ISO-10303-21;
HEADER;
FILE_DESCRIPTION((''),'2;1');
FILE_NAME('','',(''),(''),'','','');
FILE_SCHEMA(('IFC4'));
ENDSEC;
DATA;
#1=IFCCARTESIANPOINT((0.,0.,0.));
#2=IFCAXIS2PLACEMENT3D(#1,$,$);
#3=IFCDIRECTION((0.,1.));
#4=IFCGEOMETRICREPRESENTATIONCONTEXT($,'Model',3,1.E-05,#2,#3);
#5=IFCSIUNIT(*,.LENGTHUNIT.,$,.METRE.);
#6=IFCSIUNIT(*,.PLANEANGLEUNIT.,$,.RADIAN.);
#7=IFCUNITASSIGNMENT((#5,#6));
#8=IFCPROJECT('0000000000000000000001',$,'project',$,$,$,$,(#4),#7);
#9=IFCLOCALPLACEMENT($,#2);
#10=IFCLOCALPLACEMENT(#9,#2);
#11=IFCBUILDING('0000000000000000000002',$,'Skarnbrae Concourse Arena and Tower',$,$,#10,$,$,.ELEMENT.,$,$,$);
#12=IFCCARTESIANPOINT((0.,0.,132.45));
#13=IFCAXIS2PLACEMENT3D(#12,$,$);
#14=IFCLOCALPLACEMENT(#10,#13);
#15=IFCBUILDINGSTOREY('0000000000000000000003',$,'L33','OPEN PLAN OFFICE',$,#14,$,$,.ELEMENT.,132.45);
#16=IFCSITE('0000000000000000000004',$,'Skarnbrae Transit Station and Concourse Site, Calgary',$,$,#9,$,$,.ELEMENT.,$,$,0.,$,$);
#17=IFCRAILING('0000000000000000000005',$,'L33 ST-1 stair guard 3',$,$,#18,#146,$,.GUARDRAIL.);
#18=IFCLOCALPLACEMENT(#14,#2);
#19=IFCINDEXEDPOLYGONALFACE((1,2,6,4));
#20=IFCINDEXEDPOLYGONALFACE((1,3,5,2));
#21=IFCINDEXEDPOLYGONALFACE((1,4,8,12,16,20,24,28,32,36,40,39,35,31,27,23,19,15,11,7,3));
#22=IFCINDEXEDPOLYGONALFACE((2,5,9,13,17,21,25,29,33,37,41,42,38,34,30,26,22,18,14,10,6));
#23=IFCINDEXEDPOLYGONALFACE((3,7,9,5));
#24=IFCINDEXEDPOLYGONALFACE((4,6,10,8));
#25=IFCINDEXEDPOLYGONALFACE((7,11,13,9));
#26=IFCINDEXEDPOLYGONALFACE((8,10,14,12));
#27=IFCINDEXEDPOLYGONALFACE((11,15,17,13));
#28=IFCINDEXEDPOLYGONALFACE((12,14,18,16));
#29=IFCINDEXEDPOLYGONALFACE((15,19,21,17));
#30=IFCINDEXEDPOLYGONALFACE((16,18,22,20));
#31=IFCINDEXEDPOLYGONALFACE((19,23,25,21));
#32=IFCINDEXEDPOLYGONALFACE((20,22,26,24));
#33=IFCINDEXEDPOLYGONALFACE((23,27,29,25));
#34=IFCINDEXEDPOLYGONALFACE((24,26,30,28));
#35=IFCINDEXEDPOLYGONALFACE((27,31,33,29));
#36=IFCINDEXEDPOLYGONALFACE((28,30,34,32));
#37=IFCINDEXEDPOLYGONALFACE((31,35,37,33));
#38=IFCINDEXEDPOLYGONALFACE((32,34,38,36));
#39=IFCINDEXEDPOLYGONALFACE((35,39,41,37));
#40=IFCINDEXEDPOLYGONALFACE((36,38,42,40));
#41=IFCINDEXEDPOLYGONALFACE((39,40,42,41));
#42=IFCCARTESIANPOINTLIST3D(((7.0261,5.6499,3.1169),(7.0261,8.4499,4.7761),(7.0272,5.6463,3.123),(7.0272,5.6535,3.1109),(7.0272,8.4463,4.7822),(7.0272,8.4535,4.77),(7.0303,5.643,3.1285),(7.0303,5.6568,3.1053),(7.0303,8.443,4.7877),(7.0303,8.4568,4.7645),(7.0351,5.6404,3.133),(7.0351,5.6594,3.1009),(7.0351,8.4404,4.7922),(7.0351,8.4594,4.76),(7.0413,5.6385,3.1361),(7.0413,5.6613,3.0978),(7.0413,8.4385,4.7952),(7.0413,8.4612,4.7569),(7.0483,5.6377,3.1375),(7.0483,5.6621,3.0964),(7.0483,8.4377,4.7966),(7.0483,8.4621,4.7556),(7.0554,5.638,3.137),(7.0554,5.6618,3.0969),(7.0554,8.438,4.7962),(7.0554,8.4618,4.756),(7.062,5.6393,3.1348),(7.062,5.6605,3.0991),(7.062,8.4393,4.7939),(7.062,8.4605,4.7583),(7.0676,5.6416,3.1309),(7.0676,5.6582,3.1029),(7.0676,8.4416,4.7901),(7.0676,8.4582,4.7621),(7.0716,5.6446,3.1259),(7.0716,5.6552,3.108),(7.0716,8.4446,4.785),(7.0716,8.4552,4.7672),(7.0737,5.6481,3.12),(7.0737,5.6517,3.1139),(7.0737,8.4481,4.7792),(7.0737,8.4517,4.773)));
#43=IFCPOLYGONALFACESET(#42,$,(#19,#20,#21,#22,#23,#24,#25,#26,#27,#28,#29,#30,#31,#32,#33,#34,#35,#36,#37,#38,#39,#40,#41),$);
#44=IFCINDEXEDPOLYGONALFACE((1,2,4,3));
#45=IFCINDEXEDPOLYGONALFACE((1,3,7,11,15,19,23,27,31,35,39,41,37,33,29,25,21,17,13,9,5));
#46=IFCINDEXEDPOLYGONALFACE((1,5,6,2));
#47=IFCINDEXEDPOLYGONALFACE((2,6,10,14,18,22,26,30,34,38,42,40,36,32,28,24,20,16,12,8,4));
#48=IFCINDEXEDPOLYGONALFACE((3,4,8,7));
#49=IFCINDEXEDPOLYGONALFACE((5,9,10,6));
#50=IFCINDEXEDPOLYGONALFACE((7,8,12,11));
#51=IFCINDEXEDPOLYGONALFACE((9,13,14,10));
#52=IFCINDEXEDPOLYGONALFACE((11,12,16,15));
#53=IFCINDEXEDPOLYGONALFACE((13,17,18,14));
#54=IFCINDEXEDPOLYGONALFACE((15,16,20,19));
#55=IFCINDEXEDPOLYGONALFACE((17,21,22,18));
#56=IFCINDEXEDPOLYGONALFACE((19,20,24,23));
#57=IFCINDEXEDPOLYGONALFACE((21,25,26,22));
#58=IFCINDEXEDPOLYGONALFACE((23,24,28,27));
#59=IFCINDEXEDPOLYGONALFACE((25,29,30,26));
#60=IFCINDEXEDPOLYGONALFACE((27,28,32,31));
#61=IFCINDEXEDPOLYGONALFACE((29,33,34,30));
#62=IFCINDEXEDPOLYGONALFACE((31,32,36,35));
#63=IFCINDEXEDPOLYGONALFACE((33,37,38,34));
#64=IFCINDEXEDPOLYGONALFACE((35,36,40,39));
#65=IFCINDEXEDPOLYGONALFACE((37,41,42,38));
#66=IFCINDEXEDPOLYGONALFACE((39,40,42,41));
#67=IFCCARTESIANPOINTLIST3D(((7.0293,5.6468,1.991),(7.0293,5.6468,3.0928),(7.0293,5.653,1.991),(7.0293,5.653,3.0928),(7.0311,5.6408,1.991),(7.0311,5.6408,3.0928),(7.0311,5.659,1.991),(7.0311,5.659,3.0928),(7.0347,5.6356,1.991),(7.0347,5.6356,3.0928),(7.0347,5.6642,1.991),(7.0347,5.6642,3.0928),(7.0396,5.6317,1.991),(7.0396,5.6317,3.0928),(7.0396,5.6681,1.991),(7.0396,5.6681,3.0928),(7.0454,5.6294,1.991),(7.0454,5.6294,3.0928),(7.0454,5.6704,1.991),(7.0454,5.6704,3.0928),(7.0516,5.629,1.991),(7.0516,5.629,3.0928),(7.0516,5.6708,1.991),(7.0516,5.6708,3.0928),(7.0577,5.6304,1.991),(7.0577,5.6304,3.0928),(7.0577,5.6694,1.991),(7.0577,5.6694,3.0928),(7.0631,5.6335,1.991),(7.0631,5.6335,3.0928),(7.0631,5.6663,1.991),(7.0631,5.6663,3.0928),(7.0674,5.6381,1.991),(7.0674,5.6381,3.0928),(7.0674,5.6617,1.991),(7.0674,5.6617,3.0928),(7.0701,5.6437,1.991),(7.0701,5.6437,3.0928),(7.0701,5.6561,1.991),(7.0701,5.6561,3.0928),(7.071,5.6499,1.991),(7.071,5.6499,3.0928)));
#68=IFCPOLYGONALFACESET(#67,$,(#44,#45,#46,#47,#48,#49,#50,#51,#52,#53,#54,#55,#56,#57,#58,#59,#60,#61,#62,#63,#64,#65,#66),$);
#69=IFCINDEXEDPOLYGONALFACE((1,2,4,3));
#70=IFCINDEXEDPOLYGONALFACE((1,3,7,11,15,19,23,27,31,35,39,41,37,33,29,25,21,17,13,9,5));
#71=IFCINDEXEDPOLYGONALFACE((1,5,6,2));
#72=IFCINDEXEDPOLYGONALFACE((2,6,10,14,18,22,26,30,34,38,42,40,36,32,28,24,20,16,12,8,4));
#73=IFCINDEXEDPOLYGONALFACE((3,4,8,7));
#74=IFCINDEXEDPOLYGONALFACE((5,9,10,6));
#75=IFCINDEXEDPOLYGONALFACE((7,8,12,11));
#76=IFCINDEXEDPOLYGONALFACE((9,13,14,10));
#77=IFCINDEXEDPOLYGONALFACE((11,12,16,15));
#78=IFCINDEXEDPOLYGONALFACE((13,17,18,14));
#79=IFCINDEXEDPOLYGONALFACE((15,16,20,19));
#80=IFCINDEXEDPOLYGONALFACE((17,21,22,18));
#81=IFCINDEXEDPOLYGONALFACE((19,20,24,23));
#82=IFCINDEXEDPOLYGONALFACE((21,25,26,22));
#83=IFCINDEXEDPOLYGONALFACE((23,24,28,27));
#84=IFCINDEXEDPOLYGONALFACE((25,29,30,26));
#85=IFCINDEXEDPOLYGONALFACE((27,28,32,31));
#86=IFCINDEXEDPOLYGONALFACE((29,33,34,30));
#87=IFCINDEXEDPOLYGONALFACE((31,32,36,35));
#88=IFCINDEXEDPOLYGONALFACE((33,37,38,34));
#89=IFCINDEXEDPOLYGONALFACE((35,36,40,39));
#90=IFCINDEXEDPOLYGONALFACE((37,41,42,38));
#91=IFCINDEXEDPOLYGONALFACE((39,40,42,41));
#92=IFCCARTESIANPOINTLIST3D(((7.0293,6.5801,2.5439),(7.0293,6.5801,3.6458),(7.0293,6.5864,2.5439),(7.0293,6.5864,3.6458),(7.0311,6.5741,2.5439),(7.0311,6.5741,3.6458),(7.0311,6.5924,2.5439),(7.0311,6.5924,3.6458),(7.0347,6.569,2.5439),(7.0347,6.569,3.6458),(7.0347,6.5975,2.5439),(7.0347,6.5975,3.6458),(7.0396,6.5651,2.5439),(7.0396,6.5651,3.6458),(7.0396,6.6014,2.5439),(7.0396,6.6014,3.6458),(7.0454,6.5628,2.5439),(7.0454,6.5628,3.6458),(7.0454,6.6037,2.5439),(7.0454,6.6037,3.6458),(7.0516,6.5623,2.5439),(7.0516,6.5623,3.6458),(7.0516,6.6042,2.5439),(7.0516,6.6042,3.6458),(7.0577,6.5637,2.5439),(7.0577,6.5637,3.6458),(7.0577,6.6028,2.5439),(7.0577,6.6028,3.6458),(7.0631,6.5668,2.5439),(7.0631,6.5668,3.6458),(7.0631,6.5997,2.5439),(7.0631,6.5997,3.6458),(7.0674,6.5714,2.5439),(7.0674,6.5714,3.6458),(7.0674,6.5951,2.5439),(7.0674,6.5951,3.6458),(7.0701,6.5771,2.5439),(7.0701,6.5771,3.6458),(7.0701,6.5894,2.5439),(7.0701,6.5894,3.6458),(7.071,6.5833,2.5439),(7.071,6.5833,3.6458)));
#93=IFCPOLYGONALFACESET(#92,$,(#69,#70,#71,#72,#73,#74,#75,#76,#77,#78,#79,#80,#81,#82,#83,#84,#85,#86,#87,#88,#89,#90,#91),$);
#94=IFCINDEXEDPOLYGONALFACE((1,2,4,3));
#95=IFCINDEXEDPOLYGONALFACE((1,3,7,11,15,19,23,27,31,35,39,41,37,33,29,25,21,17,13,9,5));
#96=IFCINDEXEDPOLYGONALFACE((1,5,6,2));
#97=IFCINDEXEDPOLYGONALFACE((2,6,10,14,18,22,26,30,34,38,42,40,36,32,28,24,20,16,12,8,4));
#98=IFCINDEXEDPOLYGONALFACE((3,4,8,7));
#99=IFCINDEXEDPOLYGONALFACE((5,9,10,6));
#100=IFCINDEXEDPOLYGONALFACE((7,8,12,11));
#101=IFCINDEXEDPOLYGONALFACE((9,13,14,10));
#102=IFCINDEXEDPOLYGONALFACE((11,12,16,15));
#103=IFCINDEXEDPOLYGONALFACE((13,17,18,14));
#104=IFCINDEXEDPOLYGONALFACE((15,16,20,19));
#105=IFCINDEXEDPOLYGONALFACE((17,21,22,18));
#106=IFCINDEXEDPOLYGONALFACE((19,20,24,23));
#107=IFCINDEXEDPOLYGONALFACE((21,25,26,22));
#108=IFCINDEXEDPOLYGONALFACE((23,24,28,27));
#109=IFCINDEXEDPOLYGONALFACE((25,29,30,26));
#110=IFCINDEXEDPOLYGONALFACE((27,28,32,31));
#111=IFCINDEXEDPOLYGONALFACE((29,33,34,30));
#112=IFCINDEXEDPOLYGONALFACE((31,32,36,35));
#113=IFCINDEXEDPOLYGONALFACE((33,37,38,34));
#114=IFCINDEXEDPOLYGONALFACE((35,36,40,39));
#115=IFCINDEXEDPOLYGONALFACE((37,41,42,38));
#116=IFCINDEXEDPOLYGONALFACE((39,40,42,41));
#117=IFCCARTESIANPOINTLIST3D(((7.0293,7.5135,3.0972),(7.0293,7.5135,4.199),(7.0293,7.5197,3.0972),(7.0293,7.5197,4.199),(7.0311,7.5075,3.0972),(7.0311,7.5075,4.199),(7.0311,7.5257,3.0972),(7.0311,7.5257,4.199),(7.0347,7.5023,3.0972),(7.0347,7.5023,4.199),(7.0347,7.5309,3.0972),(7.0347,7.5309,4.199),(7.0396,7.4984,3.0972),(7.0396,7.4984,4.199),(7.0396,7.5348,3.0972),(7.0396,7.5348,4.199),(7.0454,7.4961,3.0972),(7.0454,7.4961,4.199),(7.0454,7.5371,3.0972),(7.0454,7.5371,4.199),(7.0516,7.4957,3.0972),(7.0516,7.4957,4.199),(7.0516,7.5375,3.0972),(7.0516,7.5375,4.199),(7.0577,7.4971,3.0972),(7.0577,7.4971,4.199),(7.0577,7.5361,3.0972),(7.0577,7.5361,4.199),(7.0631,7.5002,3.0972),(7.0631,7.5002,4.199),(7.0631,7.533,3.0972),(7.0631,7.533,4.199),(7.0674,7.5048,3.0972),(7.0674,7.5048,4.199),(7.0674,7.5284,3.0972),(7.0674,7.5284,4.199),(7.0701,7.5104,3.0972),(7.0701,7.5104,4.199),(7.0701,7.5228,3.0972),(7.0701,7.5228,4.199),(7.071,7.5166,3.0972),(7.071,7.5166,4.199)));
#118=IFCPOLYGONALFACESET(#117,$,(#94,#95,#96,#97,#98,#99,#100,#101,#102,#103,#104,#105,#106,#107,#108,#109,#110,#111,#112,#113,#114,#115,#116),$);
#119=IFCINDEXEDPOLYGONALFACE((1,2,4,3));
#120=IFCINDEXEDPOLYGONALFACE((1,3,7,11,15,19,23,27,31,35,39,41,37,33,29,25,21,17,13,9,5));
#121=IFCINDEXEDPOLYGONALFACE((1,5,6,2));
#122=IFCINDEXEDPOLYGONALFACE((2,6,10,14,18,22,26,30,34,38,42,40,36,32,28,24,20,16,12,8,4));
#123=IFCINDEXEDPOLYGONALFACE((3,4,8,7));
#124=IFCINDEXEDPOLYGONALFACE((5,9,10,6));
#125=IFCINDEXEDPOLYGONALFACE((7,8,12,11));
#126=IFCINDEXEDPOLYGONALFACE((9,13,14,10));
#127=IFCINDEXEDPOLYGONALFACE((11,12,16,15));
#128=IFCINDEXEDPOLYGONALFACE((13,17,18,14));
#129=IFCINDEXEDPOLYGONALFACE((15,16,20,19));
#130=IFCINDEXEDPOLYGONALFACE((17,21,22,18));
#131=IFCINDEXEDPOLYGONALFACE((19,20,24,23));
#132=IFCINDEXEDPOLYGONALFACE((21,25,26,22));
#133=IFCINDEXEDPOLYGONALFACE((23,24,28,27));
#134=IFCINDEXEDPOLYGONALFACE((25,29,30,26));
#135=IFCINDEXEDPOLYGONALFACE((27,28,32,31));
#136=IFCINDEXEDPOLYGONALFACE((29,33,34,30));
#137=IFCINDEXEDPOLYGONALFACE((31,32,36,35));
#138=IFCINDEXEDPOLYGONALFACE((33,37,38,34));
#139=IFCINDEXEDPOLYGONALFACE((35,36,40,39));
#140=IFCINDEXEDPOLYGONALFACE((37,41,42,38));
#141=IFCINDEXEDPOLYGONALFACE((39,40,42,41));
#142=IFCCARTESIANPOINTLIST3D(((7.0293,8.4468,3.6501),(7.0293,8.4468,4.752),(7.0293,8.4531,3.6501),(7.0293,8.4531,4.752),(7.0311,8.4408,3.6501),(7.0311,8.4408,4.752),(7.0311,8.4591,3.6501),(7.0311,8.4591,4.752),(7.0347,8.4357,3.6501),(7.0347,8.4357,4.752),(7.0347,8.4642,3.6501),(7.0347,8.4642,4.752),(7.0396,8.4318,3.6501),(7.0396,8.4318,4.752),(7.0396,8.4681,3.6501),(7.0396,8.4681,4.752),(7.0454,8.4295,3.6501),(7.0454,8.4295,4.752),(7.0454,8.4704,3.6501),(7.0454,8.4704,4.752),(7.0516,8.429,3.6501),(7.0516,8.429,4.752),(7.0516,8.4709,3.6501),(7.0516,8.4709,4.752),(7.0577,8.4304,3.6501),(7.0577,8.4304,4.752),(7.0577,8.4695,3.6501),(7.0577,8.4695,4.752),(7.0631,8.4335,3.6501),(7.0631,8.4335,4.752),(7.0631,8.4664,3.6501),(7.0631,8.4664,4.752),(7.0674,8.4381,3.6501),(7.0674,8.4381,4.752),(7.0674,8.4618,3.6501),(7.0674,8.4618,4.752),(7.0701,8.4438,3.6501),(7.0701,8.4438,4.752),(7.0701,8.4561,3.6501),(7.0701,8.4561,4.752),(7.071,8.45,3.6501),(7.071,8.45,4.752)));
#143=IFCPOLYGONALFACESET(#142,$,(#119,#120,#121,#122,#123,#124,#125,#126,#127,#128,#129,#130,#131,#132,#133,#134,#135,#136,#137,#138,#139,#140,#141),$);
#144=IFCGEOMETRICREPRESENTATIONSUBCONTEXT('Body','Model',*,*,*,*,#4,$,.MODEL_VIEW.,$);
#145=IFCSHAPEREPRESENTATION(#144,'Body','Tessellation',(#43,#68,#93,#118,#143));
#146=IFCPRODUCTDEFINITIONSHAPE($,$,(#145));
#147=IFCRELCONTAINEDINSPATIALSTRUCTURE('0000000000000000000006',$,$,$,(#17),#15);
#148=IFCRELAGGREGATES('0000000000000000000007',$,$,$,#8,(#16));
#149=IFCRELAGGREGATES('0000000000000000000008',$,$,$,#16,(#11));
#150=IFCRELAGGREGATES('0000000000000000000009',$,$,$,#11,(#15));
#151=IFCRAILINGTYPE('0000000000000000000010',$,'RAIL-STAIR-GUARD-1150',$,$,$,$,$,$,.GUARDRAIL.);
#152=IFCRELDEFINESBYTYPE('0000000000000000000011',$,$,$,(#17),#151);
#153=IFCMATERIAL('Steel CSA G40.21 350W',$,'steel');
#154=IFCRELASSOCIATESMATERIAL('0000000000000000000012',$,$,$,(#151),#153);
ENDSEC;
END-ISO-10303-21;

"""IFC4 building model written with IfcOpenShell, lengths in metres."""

from ifc_helpers import new_model, si_unit, direction, frame, origin, origin_2d, place, context, subcontext, project, spatial, circle, extrude, material, type_object, element, save


model = new_model("IFC4")

# Units and contexts
model_context = context("Model", 3, precision=1e-05, world=origin(), true_north=direction((0.0, 1.0)))
body_context = subcontext(model_context, "Body", "Model", "MODEL_VIEW")
ifc_project = project(units=[si_unit("LENGTHUNIT", "METRE"), si_unit("PLANEANGLEUNIT", "RADIAN")], contexts=[model_context])

# Site, building, storey
site_placement = place(None, origin())
site = spatial("IfcSite", under=ifc_project, at=site_placement, Name="Skarnbrae Transit Station and Concourse Site, Calgary", CompositionType="ELEMENT", RefElevation=0.0)
building_placement = place(site_placement, origin())
building = spatial("IfcBuilding", under=site, at=building_placement, Name="Skarnbrae Concourse Arena and Tower", CompositionType="ELEMENT")
storey_placement = place(building_placement, frame((0.0, 0.0, 132.45)))
storey = spatial("IfcBuildingStorey", under=building, at=storey_placement, Name="L33", Description="OPEN PLAN OFFICE", CompositionType="ELEMENT", Elevation=132.45)

# Railing
ifc_material_1 = material(Name="Steel CSA G40.21 350W", Category="steel")
railing_type_1 = type_object("IfcRailingType", Name="RAIL-STAIR-GUARD-1150", PredefinedType="GUARDRAIL", material=ifc_material_1)
railing_1_placement = place(storey_placement, frame((7.05, 5.6499, 1.991)))
element("IfcRailing", 1, at=railing_1_placement, inside=storey, type_object=railing_type_1, Name="L33 ST-1 stair guard 3", PredefinedType="GUARDRAIL", context=body_context, shape_type="SweptSolid", body=[
    extrude(circle(Radius=0.0239, at=origin_2d()), frame((0.0, 0.0, 1.126), z_axis=(0.0, 0.860306, 0.509778), x_axis=(-1.0, 0.0, 0.0)), (0.0, 0.0, 1.0), 3.2546),
    extrude(circle(Radius=0.021, at=origin_2d()), origin(), (0.0, 0.0, 1.0), 1.1018),
    extrude(circle(Radius=0.021, at=origin_2d()), frame((0.0, 0.9333, 0.553)), (0.0, 0.0, 1.0), 1.1018),
    extrude(circle(Radius=0.021, at=origin_2d()), frame((0.0, 1.8667, 1.1062)), (0.0, 0.0, 1.0), 1.1018),
    extrude(circle(Radius=0.021, at=origin_2d()), frame((0.0, 2.8, 1.6592)), (0.0, 0.0, 1.0), 1.1018),
])

save(model, "model.ifc")
